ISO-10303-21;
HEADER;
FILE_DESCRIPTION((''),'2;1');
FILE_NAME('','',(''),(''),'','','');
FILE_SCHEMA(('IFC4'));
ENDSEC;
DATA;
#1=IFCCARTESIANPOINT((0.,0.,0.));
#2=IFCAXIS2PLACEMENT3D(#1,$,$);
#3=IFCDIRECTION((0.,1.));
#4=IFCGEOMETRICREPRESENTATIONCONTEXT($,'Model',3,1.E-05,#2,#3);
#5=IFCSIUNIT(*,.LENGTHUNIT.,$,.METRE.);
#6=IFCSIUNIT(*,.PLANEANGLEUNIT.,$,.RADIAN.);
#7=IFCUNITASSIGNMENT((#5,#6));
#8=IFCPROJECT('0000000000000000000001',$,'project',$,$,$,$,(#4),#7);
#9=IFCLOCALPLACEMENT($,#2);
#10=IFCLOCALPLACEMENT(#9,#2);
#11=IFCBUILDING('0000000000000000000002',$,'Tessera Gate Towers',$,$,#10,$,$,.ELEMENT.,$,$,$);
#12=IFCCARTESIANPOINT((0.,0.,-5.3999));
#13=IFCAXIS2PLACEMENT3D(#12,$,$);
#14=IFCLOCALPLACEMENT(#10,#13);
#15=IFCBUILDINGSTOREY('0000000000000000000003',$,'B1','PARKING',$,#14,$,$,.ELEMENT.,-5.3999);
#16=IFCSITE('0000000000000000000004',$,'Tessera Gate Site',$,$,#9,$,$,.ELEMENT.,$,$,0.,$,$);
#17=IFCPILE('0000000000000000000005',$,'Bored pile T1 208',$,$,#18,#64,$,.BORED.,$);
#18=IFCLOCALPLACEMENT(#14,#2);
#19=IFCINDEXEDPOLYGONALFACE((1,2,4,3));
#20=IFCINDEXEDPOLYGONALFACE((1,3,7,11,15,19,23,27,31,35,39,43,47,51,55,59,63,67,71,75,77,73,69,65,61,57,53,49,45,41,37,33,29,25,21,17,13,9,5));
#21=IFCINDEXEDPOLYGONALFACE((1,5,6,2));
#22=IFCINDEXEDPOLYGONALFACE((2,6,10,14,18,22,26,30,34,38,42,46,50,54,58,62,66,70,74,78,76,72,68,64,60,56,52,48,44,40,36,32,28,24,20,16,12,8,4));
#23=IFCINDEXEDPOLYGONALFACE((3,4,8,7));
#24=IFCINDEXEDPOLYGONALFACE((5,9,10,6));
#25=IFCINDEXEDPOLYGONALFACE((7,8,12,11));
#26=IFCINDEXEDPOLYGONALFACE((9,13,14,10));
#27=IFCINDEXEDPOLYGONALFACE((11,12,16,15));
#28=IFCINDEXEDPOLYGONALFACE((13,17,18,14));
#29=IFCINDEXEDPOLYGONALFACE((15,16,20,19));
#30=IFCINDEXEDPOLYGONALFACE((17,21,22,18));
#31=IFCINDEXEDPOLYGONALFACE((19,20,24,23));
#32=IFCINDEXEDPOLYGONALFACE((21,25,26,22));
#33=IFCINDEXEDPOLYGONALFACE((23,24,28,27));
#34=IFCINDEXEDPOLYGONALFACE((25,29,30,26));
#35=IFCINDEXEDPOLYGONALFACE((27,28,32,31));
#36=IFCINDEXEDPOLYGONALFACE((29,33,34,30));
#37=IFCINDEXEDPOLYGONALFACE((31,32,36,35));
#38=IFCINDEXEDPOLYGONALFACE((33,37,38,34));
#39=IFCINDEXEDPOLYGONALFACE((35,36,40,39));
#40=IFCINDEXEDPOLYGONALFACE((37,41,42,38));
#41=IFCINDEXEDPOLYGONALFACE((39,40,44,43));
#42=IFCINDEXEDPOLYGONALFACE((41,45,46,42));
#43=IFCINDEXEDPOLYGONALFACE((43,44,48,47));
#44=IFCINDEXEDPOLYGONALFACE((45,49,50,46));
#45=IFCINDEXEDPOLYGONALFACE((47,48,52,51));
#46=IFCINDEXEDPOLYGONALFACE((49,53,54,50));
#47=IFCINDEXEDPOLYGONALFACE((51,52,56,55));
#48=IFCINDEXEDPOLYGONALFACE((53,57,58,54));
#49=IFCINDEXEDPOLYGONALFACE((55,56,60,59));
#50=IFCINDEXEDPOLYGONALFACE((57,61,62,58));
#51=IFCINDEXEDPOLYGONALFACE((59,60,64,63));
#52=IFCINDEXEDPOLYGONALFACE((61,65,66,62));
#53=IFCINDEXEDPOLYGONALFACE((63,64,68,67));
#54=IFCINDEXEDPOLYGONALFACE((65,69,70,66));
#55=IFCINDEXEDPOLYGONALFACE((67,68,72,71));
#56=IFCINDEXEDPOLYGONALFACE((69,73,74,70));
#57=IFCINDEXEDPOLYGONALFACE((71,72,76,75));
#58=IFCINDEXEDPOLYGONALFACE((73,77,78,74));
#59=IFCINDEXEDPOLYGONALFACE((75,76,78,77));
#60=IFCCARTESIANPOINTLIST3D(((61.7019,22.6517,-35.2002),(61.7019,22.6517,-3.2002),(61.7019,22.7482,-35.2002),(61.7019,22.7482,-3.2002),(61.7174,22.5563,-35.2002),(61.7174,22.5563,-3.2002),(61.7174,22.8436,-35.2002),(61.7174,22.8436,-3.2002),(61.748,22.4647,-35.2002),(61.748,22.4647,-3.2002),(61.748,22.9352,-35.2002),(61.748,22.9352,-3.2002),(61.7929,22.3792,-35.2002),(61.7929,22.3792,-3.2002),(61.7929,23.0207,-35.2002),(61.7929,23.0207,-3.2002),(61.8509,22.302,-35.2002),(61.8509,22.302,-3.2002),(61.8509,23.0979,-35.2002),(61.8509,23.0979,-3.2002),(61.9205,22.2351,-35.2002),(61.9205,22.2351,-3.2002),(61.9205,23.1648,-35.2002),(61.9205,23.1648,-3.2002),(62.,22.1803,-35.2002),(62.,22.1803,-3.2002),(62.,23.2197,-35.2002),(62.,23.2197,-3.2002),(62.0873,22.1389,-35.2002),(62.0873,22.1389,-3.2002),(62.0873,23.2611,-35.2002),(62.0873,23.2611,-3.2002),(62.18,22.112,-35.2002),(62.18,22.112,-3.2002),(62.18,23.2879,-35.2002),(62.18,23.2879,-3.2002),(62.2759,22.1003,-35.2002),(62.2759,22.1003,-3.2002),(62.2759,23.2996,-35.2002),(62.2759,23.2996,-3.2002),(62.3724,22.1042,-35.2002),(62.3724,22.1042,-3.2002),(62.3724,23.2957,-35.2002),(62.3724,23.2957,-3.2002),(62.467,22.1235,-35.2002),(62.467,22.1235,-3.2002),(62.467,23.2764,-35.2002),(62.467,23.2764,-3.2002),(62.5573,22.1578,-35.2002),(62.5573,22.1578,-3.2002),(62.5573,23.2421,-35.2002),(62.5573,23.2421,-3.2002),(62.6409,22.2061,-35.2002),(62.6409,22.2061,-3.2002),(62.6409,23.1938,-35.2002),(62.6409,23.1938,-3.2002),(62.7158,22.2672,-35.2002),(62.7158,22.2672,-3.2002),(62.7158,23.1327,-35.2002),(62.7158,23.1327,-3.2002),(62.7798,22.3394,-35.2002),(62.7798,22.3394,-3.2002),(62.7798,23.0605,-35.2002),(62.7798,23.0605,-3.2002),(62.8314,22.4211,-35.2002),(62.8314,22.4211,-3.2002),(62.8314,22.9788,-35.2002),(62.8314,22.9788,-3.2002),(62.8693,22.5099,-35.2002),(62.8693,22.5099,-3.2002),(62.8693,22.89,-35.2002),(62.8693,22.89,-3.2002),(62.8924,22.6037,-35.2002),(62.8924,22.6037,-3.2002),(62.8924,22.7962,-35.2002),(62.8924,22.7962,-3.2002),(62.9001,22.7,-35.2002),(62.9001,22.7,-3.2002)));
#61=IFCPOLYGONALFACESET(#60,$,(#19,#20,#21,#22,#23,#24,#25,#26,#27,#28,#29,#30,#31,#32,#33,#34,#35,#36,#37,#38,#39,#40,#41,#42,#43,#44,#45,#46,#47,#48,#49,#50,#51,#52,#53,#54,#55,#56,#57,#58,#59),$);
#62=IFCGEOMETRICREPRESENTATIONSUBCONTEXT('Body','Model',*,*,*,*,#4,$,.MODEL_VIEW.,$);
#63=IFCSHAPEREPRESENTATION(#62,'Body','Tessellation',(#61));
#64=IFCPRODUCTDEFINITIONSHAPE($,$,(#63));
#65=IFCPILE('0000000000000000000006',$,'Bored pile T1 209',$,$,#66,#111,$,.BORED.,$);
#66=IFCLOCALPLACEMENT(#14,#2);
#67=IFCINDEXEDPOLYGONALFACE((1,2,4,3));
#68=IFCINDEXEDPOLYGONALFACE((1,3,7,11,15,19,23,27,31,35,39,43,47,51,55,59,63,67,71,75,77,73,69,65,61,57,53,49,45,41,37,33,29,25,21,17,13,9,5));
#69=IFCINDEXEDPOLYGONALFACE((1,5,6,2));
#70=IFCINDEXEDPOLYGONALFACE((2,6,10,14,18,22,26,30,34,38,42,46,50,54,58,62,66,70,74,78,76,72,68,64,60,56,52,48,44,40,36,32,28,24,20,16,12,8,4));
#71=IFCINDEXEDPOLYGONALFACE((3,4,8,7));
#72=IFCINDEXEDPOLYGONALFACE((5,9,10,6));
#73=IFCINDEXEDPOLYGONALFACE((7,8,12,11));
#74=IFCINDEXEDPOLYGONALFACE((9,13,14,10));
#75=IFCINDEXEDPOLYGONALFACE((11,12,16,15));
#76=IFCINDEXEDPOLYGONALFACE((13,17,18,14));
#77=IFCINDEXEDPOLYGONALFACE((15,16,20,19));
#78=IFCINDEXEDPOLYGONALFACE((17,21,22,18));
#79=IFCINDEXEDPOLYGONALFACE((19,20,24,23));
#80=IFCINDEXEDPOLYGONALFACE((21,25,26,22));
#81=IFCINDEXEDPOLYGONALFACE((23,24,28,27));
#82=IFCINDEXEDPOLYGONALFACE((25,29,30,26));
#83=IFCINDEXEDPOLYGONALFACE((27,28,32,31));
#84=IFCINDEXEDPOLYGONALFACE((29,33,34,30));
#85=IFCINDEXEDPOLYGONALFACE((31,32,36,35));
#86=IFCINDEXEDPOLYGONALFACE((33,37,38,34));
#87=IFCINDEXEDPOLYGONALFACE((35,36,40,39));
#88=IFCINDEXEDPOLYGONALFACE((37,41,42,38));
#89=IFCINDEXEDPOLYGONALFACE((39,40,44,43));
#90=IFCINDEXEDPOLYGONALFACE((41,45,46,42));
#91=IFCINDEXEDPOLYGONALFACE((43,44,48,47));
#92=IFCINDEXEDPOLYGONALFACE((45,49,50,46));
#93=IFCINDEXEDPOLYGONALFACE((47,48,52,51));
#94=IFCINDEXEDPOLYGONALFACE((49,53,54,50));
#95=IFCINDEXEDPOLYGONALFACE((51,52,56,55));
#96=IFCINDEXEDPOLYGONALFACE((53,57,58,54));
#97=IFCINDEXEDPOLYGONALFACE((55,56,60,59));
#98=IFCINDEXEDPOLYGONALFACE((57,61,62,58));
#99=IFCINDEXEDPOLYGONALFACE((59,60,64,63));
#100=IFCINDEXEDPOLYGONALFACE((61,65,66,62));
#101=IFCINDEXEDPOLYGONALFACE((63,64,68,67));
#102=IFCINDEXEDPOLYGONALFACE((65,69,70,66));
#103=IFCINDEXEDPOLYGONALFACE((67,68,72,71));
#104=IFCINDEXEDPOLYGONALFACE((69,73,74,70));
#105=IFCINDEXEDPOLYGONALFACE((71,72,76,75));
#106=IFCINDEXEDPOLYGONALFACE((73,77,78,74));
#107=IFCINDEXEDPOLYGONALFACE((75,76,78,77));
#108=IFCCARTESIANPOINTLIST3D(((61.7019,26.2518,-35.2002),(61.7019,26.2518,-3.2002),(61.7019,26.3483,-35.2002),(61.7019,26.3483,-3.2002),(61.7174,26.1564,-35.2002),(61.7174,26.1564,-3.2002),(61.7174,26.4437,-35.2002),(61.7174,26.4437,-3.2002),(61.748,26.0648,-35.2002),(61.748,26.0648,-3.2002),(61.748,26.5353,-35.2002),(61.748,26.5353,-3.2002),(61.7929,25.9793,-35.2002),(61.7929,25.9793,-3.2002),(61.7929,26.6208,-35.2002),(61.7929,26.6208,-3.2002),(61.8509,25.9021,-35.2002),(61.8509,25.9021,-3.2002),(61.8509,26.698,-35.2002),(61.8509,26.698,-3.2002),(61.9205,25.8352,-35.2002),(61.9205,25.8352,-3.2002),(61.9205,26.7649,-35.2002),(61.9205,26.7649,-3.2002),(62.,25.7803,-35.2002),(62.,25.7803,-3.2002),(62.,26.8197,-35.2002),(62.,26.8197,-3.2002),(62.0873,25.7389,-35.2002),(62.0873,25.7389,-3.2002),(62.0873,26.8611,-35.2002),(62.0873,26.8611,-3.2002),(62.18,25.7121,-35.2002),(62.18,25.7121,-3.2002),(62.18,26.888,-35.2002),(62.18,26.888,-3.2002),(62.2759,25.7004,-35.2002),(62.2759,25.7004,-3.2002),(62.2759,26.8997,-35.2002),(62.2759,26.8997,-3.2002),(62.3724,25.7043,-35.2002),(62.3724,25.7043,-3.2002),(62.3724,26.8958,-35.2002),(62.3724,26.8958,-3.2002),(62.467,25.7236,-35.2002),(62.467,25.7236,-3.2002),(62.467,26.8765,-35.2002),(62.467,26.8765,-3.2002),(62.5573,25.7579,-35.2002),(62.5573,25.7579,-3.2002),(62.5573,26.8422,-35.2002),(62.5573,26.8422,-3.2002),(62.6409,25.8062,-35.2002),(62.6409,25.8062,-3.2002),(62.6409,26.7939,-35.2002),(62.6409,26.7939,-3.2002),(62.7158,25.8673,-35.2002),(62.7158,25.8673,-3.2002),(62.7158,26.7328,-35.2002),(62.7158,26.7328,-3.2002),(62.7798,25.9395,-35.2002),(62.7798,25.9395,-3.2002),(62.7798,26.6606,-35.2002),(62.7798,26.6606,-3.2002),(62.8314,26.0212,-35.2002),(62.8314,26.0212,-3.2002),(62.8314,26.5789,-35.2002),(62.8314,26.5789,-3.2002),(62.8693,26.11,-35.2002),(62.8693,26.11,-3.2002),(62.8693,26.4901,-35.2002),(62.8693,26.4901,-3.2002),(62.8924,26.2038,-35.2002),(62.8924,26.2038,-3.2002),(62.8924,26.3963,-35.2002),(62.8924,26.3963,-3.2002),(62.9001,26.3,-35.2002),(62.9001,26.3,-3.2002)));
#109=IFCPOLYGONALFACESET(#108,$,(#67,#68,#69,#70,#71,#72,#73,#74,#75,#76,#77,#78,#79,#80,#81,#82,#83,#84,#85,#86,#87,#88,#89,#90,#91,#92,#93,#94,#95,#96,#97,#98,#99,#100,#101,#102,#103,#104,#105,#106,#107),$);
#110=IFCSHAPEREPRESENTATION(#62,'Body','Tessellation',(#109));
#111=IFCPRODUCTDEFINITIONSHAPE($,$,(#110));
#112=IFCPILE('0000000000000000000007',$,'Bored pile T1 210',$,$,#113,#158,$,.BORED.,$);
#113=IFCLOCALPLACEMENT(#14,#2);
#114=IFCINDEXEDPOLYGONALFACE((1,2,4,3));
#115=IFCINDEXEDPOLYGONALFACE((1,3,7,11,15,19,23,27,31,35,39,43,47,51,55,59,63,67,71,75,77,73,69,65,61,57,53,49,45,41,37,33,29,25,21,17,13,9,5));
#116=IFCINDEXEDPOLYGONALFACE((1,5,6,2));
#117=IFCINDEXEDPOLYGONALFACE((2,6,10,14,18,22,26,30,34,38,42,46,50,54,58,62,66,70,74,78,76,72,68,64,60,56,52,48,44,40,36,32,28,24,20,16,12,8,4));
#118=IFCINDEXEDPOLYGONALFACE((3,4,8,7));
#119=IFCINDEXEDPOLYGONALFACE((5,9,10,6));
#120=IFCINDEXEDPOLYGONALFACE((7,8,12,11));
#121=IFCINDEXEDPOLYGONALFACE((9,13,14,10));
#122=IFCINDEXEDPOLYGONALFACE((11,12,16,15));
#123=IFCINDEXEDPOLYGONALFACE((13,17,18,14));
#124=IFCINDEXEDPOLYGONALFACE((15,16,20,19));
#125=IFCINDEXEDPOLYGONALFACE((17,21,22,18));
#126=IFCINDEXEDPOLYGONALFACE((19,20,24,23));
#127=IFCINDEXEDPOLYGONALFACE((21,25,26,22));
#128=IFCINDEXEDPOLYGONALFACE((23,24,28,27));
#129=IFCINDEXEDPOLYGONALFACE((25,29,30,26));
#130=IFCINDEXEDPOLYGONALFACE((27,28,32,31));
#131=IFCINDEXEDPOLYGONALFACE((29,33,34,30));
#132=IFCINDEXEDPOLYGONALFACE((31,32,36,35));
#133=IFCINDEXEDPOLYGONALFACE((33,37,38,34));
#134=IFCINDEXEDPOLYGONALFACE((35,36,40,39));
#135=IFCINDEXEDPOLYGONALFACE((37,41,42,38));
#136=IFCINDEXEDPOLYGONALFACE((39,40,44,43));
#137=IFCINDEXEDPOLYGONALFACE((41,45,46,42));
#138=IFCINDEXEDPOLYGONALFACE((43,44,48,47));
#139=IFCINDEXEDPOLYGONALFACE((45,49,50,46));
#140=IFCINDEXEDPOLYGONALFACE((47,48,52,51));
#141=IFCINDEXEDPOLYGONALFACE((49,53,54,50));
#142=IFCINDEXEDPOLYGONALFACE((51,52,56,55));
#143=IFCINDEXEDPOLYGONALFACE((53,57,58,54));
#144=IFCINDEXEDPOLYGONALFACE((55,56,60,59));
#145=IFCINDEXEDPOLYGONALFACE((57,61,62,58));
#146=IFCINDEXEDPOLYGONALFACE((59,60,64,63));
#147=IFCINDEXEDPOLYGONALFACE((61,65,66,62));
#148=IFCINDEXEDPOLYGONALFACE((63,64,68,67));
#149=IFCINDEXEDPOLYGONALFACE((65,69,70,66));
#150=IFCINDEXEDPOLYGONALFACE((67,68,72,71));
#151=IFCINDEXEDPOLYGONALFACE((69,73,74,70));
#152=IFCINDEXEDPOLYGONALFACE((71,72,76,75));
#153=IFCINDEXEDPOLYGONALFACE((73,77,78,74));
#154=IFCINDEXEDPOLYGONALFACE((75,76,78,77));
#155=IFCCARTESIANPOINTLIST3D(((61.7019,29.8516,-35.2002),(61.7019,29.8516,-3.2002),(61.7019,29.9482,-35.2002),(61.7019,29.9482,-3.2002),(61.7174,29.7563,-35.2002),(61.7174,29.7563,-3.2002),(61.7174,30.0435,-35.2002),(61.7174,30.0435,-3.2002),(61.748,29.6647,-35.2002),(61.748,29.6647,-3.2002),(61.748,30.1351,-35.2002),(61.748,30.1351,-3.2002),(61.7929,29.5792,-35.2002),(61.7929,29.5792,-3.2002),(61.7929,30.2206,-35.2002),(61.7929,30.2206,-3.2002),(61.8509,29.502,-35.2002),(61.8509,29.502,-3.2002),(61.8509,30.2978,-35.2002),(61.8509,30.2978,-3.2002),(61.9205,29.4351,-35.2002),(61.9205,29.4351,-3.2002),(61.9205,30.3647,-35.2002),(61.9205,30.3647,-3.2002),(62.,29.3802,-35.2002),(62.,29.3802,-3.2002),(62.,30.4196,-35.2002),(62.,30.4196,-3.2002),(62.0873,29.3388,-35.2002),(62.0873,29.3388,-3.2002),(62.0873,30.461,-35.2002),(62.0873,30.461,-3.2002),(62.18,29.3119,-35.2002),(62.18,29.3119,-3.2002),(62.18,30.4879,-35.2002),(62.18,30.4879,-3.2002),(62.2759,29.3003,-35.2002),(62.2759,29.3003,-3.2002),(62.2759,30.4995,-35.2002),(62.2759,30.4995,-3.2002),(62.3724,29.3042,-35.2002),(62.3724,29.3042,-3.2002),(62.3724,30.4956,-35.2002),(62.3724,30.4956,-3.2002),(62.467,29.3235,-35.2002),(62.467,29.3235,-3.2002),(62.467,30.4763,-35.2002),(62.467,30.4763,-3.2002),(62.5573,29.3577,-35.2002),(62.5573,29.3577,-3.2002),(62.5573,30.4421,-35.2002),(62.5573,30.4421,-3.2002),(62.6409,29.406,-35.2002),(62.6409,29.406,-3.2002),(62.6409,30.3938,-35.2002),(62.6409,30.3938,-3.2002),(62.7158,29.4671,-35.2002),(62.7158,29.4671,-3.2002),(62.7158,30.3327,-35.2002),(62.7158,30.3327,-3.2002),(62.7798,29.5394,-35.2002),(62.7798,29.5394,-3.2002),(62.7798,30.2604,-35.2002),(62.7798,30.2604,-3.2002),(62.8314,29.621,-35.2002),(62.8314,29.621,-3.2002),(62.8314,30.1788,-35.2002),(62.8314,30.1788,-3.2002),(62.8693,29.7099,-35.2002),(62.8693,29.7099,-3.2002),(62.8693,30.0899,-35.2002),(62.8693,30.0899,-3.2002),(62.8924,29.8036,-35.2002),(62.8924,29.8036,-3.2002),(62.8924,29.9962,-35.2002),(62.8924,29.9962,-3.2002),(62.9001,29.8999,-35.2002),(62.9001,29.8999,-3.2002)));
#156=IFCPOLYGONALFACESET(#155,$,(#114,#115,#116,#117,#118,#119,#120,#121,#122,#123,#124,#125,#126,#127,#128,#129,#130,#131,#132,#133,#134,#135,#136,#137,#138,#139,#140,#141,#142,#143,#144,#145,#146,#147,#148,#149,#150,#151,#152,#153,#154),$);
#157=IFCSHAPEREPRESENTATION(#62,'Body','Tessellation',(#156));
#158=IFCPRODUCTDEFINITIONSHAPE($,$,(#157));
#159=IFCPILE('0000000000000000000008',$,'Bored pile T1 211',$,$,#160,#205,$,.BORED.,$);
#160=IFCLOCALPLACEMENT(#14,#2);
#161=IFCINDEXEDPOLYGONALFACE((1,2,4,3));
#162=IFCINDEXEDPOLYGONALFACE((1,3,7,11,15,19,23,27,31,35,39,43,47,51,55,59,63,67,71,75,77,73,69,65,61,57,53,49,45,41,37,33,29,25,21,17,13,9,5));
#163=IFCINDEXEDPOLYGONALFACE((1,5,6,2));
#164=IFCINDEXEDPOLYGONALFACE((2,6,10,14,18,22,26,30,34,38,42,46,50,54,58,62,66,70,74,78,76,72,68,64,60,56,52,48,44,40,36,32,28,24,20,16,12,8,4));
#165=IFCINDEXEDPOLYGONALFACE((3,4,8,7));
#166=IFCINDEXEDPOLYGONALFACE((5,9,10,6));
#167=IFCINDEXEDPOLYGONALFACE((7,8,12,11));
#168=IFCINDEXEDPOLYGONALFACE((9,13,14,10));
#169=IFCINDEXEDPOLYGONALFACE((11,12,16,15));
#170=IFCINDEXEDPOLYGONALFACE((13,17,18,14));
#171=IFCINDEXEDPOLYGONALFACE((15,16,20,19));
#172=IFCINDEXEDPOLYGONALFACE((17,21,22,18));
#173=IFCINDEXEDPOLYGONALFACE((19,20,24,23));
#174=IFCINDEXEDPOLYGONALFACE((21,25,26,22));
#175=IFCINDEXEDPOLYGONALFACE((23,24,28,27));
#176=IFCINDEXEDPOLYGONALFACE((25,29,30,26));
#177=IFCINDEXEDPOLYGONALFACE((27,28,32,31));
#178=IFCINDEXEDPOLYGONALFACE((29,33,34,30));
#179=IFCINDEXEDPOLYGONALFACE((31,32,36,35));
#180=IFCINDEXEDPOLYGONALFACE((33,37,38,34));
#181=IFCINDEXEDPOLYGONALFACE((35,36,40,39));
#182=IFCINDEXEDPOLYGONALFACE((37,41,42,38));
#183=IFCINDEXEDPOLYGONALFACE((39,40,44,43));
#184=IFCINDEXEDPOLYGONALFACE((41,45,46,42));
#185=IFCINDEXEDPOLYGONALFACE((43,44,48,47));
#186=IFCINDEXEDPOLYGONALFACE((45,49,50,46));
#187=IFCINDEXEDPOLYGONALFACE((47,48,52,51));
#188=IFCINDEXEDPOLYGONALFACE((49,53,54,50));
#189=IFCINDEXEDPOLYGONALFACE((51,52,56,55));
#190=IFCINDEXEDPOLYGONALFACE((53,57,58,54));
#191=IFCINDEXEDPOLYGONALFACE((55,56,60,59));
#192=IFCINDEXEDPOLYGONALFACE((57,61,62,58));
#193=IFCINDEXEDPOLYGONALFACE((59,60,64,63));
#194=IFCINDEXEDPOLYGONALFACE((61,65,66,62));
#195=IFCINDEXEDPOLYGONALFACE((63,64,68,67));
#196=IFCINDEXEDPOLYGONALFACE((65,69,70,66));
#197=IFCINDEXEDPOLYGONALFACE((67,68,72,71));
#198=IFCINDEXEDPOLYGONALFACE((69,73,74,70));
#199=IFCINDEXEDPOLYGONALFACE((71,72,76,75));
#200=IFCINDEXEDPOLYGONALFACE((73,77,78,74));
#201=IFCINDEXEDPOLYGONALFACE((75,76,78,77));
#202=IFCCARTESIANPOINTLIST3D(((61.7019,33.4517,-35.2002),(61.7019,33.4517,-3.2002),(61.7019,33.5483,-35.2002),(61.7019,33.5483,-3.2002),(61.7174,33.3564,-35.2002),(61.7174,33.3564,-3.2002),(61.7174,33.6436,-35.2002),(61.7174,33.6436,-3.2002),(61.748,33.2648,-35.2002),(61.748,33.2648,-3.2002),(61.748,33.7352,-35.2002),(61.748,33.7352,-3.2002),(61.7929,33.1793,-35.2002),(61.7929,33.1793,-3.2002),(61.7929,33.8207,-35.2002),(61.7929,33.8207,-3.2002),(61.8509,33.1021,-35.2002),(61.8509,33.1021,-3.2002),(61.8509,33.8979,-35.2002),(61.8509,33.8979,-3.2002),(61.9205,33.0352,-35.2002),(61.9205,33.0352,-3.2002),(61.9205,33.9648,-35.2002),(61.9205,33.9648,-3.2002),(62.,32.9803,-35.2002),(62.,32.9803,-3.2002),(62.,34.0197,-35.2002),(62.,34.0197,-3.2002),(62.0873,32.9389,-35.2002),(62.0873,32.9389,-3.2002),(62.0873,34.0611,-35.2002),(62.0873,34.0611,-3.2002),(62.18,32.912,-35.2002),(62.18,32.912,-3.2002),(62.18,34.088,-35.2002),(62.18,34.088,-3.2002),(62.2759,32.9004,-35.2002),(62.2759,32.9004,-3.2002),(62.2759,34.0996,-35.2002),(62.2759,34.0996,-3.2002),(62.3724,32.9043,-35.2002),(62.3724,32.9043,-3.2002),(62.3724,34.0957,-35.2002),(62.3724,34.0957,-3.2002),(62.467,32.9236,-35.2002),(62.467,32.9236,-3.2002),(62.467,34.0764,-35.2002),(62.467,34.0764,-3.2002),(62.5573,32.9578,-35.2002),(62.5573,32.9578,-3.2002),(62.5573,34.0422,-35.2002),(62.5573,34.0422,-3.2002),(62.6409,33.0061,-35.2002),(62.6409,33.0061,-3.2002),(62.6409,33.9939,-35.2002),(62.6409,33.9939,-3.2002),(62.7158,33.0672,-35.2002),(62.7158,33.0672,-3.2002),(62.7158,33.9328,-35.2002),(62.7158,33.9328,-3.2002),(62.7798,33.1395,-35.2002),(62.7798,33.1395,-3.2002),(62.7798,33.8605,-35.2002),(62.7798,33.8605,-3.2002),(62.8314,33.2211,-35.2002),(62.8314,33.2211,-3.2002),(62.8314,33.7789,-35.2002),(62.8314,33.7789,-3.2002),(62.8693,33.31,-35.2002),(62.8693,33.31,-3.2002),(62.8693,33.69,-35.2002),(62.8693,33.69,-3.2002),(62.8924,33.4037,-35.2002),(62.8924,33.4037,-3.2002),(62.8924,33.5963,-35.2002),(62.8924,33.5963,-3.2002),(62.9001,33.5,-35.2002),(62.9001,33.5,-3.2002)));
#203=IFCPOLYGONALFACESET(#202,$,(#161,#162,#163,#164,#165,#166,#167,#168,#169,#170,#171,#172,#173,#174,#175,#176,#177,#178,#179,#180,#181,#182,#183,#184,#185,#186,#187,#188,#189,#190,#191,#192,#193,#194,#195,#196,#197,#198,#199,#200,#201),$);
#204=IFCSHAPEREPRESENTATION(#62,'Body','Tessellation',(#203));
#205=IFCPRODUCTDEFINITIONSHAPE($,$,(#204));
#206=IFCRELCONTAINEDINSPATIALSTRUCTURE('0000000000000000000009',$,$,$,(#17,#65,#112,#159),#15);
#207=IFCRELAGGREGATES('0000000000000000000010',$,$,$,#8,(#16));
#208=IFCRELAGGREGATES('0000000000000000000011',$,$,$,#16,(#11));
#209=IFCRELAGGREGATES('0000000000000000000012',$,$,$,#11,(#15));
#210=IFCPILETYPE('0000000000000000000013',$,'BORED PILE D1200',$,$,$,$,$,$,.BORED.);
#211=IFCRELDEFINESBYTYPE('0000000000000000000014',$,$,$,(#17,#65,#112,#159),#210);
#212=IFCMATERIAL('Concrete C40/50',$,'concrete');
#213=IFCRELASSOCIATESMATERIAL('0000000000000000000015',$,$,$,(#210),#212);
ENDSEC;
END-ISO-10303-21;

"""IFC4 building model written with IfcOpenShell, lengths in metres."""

from ifc_helpers import new_model, si_unit, direction, frame, origin, origin_2d, place, context, subcontext, project, spatial, circle, extrude, material, material_profile, profile_set, type_object, element, save


model = new_model("IFC4")

# Units and contexts
model_context = context("Model", 3, precision=1e-05, world=origin(), true_north=direction((0.0, 1.0)))
body_context = subcontext(model_context, "Body", "Model", "MODEL_VIEW")
ifc_project = project(units=[si_unit("LENGTHUNIT", "METRE"), si_unit("PLANEANGLEUNIT", "RADIAN")], contexts=[model_context])

# Site, building, storey
site_placement = place(None, origin())
site = spatial("IfcSite", under=ifc_project, at=site_placement, Name="Tessera Gate Site", CompositionType="ELEMENT", RefElevation=0.0)
building_placement = place(site_placement, origin())
building = spatial("IfcBuilding", under=site, at=building_placement, Name="Tessera Gate Towers", CompositionType="ELEMENT")
storey_placement = place(building_placement, frame((0.0, 0.0, -5.3999)))
storey = spatial("IfcBuildingStorey", under=building, at=storey_placement, Name="B1", Description="PARKING", CompositionType="ELEMENT", Elevation=-5.3999)

# Piles
ifc_material_1 = material(Name="Concrete C40/50", Category="concrete")
ifc_material_profile_1 = material_profile(ifc_material_1, circle(Radius=0.6001, at=origin_2d()), Name="BORED PILE D1200")
ifc_profile_set_1 = profile_set([ifc_material_profile_1], Name="Concrete C40/50")
pile_type = type_object("IfcPileType", Name="BORED PILE D1200", PredefinedType="BORED", material=ifc_profile_set_1)
for number, where, z_axis, x_axis, name in (
    (1, (62.3, 22.7, -3.2002), (0.0, 0.0, -1.0), (1.0, 0.0, 0.0), "Bored pile T1 208"),
    (2, (62.3, 26.3, -3.2002), (0.0, 0.0, -1.0), (1.0, 0.0, 0.0), "Bored pile T1 209"),
    (3, (62.3, 29.8999, -3.2002), (0.0, 0.0, -1.0), (1.0, 0.0, 0.0), "Bored pile T1 210"),
    (4, (62.3, 33.5, -3.2002), (0.0, 0.0, -1.0), (1.0, 0.0, 0.0), "Bored pile T1 211"),
):
    element("IfcPile", number, at=place(storey_placement, frame(where, z_axis=z_axis, x_axis=x_axis)), inside=storey, type_object=pile_type, Name=name, PredefinedType="BORED", context=body_context, shape_type="SweptSolid", body=[
        extrude(circle(Radius=0.6001, at=origin_2d()), origin(), (0.0, 0.0, 1.0), 32.0),
    ])

save(model, "model.ifc")
